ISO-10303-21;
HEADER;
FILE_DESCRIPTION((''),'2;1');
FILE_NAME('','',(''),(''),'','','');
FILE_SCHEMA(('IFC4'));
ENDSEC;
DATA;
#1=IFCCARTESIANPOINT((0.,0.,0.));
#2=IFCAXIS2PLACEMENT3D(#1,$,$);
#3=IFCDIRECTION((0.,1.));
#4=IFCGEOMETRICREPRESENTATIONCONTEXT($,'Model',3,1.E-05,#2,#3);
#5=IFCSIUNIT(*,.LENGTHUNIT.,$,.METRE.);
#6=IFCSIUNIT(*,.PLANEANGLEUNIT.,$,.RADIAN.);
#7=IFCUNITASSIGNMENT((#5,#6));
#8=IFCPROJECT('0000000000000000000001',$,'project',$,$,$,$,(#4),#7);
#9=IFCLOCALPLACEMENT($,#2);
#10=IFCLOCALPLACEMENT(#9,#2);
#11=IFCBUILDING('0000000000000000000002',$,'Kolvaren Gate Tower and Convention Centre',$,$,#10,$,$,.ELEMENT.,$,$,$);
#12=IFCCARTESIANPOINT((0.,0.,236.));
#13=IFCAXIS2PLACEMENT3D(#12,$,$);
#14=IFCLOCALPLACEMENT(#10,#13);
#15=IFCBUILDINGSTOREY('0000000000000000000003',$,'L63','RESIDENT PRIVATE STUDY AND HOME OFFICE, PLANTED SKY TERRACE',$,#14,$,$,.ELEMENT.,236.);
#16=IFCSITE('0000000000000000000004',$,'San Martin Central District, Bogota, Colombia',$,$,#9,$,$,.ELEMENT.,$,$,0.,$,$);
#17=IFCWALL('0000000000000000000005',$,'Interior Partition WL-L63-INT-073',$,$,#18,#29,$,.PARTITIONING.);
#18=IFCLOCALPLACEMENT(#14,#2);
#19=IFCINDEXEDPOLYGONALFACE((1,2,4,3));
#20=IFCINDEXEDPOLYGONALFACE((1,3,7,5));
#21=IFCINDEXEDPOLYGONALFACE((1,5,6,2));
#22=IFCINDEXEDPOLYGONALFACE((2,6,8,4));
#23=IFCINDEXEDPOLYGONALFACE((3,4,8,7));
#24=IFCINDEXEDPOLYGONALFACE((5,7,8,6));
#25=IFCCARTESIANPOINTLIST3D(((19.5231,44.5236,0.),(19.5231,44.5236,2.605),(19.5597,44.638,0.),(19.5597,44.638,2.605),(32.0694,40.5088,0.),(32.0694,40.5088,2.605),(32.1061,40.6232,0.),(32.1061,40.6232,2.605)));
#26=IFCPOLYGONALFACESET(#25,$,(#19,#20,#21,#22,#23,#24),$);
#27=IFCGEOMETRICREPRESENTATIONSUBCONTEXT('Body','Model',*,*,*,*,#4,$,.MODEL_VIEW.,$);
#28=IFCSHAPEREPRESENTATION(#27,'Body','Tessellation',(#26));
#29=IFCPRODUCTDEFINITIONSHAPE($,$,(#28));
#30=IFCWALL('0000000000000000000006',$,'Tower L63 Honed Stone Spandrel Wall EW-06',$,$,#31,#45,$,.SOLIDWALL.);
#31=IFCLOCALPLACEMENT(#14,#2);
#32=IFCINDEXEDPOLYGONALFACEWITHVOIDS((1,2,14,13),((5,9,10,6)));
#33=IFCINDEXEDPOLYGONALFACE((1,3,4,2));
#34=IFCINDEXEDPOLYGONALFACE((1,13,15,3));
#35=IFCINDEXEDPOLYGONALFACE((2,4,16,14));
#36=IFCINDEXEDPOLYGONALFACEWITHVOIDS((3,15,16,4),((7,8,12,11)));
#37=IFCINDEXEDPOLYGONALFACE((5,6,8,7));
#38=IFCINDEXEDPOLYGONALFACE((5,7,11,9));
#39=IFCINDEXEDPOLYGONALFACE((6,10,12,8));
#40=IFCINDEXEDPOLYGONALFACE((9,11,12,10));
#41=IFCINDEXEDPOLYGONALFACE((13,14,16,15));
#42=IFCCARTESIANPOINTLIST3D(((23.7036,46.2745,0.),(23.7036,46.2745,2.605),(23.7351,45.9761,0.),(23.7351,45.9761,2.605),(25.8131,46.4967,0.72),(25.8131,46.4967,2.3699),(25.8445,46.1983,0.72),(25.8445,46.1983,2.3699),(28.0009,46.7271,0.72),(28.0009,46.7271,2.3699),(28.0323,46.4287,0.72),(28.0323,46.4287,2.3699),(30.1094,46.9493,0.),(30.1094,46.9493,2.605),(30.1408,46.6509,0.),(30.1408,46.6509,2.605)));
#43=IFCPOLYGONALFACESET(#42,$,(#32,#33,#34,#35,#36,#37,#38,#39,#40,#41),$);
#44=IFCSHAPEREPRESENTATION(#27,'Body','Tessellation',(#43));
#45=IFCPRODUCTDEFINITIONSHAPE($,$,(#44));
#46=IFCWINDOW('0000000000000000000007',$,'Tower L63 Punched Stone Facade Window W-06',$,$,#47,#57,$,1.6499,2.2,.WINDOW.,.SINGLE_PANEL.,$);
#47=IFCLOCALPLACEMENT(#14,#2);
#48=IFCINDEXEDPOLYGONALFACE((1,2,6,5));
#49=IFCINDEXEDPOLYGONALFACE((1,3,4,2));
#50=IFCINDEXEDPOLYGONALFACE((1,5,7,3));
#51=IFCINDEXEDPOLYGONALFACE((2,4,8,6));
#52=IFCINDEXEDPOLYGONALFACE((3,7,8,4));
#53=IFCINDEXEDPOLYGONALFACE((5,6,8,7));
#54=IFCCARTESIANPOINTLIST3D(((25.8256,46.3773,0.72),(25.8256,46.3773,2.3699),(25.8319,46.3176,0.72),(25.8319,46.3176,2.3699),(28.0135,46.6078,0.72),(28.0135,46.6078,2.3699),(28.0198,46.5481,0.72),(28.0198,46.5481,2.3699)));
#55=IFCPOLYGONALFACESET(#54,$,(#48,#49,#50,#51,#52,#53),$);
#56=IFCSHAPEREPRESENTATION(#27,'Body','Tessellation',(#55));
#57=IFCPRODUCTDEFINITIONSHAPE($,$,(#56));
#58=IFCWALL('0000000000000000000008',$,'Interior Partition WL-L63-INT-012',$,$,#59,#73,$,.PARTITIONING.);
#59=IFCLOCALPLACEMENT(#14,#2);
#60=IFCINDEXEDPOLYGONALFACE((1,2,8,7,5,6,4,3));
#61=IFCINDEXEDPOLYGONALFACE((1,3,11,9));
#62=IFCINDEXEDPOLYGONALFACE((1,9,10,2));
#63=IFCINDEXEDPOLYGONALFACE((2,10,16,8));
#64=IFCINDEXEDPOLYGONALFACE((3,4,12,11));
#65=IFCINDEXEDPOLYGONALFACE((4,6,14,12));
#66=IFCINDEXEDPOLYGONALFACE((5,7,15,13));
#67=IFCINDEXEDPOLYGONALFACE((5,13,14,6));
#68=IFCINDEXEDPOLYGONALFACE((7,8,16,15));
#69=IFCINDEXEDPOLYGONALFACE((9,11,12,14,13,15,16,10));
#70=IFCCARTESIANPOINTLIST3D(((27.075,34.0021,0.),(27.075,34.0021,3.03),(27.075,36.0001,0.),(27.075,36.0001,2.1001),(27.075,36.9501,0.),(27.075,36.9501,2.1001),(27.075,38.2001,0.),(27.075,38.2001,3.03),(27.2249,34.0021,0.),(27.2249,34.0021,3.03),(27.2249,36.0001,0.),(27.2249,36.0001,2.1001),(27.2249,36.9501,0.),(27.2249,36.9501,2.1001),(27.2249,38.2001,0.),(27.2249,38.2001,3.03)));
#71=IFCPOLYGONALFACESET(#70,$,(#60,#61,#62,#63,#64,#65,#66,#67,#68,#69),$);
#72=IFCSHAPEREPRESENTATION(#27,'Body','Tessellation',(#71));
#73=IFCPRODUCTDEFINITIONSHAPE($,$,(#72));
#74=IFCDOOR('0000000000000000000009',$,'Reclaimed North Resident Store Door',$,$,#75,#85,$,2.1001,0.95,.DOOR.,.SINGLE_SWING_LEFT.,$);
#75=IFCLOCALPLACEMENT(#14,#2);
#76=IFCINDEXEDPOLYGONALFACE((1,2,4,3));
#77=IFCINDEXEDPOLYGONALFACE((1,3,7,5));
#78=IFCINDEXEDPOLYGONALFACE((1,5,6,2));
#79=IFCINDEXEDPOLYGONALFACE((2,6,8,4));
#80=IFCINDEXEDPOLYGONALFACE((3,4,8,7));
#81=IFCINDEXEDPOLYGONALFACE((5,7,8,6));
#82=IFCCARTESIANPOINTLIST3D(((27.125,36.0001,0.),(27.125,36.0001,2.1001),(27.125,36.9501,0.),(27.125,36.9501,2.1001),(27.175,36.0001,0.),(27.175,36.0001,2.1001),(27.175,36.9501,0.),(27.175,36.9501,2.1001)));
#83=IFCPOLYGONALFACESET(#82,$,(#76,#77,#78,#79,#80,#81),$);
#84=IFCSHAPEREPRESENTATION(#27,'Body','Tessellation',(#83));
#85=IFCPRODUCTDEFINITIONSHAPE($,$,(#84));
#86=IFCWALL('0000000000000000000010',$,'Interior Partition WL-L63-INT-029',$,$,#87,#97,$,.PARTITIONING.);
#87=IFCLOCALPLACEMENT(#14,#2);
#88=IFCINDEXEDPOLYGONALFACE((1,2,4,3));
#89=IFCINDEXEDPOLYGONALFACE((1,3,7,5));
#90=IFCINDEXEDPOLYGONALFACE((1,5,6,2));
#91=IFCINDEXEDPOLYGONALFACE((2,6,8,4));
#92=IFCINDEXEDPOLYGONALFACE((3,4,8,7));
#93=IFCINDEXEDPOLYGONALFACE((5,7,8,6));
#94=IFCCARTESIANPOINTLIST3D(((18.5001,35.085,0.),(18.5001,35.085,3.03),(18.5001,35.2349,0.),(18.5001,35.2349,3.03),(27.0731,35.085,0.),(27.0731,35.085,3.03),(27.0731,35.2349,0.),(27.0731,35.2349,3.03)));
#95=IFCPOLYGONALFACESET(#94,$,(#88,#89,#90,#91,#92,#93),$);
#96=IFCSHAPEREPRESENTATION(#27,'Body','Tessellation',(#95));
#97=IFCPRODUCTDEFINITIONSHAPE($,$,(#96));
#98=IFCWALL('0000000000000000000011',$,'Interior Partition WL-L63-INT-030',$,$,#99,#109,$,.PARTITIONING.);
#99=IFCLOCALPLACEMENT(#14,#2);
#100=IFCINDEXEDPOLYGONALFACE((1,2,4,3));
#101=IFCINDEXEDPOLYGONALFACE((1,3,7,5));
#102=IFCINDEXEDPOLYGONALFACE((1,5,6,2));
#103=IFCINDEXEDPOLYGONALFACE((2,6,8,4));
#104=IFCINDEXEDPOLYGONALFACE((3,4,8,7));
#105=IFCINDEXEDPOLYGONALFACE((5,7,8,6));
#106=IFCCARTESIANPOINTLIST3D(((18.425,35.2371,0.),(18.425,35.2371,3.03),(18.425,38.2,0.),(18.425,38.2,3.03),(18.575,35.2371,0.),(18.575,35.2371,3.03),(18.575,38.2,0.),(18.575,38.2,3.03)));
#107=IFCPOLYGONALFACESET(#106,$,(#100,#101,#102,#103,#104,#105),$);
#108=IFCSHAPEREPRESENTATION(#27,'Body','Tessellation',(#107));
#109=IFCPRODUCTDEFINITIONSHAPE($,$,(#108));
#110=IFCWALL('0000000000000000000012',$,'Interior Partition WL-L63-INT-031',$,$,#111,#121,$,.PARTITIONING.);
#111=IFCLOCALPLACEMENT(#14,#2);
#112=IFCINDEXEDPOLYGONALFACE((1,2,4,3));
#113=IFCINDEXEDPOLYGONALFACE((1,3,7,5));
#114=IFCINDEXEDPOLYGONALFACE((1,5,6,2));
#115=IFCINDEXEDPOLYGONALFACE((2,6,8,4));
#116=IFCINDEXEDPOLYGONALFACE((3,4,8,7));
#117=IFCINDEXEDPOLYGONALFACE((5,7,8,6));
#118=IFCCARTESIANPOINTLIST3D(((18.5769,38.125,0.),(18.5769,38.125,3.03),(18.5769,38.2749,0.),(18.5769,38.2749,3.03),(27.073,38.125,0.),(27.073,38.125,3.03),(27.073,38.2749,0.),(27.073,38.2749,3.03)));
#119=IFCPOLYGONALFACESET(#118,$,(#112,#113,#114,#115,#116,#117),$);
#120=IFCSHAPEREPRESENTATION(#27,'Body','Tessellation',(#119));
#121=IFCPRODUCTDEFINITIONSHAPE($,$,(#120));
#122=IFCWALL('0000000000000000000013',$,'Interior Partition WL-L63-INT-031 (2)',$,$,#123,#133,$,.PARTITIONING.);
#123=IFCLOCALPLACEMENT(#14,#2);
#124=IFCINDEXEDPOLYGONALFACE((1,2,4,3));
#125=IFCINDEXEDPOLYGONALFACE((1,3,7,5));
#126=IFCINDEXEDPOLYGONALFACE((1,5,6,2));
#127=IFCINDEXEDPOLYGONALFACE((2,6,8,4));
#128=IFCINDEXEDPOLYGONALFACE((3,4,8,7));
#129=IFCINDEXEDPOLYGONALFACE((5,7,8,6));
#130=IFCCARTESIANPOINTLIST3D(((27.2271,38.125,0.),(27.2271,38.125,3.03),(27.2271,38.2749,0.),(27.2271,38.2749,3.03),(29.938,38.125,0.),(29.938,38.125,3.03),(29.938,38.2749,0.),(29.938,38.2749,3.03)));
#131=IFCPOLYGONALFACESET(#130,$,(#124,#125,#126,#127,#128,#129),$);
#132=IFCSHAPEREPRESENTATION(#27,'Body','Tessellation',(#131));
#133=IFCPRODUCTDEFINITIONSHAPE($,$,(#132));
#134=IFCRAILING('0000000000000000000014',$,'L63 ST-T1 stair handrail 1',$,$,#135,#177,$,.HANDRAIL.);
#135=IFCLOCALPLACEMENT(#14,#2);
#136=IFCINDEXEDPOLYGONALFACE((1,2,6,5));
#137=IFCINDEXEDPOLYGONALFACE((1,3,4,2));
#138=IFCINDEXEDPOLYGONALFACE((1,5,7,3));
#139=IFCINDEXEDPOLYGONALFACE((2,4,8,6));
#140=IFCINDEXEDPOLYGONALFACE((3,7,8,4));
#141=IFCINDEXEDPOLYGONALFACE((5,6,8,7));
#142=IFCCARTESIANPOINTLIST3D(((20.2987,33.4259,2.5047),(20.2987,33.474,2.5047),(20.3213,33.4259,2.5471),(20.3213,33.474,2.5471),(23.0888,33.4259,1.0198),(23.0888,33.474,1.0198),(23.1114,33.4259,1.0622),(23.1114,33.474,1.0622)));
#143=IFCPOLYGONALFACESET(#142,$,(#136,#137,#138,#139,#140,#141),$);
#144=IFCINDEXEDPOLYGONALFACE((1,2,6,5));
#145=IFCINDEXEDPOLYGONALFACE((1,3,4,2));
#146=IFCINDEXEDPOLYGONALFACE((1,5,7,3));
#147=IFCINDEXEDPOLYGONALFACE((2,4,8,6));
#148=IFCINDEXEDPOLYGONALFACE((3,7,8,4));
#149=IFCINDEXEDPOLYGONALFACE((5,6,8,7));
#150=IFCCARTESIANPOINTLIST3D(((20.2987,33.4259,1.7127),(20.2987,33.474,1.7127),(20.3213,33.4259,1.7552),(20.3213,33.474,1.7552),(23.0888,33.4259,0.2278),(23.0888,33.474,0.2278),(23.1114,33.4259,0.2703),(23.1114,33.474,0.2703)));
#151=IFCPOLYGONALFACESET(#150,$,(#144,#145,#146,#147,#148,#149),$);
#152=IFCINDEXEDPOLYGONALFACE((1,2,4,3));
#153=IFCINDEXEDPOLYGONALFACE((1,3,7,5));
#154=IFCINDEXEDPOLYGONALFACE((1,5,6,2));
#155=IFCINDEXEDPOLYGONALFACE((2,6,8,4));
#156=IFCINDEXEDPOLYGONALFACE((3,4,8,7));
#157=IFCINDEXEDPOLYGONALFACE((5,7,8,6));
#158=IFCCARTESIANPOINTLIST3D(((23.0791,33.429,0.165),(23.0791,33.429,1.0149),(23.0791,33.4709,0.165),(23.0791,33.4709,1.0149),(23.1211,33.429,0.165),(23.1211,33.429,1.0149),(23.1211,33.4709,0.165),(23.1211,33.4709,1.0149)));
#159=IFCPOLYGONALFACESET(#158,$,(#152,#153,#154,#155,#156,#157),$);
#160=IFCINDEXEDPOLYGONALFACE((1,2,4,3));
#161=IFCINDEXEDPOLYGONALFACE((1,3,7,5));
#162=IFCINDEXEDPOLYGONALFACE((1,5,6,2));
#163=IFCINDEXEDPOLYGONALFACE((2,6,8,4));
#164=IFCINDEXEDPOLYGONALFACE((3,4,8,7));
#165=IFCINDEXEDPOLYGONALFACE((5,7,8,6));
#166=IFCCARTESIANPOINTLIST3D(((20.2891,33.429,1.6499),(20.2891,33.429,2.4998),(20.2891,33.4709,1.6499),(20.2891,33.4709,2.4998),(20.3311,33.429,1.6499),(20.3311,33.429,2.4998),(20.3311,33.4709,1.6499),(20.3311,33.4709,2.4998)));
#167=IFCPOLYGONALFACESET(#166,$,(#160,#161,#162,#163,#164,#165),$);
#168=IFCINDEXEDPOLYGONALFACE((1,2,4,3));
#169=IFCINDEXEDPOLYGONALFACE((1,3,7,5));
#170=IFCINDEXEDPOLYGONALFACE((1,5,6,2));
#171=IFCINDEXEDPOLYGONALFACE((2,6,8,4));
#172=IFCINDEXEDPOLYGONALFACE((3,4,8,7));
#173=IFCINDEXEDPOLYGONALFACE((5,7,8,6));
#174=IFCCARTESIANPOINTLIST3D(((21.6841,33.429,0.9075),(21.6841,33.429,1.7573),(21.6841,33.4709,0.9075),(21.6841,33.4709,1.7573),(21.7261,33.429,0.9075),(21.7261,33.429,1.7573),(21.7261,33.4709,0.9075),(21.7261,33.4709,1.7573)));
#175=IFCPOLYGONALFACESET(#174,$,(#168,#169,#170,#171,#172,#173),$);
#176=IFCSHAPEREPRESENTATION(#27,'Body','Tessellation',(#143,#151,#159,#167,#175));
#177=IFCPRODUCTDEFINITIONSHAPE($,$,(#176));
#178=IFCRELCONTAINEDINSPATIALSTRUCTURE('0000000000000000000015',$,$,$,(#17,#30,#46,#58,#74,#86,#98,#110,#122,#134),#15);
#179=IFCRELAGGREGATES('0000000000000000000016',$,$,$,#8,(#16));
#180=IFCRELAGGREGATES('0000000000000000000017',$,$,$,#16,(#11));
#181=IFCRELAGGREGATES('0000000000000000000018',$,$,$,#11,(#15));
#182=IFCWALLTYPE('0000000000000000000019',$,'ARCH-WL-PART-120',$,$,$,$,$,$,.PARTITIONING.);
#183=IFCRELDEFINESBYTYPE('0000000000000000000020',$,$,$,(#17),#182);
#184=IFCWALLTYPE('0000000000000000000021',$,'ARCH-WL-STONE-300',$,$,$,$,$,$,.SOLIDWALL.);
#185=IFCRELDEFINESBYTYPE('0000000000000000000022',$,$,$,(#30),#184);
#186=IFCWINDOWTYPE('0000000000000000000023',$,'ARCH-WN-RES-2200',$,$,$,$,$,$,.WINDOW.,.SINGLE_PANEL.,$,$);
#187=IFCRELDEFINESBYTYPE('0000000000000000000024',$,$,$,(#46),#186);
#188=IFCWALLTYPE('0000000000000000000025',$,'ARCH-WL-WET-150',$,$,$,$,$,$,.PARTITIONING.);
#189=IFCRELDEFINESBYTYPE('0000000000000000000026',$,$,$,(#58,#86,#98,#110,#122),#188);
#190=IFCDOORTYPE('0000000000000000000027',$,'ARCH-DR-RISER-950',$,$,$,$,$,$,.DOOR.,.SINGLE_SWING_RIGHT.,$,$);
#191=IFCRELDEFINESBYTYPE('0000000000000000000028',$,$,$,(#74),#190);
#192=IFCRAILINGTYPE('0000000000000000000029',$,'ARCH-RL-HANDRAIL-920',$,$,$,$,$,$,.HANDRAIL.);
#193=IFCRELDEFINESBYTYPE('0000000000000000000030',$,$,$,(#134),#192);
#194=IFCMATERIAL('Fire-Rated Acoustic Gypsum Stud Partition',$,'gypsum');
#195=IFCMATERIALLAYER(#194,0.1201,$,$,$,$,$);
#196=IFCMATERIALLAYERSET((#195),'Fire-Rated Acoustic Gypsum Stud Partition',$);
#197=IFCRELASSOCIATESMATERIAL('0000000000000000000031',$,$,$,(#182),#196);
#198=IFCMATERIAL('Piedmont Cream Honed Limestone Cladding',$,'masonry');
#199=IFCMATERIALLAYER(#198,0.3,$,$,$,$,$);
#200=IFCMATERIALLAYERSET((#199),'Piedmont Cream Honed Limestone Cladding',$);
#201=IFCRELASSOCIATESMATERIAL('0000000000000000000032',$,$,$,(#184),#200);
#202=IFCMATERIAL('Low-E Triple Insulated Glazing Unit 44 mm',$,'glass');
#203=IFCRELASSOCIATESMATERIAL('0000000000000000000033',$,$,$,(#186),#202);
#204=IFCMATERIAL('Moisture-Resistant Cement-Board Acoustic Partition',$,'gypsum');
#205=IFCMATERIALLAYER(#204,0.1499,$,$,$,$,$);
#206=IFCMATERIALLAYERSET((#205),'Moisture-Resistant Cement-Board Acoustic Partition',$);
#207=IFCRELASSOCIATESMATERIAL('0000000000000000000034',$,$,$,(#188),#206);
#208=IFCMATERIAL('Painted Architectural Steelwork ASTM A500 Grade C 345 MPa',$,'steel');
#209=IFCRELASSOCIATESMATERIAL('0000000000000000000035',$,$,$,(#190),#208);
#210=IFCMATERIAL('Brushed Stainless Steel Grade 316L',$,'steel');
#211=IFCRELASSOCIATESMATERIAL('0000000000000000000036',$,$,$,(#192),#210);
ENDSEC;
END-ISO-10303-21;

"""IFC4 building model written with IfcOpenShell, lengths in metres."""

from ifc_helpers import new_model, si_unit, direction, frame, frame_2d, origin, origin_2d, place, context, subcontext, project, spatial, rectangle, extrude, material, layer, layer_set, type_object, element, fill, save


model = new_model("IFC4")

# Units and contexts
model_context = context("Model", 3, precision=1e-05, world=origin(), true_north=direction((0.0, 1.0)))
body_context = subcontext(model_context, "Body", "Model", "MODEL_VIEW")
ifc_project = project(units=[si_unit("LENGTHUNIT", "METRE"), si_unit("PLANEANGLEUNIT", "RADIAN")], contexts=[model_context])

# Site, building, storey
site_placement = place(None, origin())
site = spatial("IfcSite", under=ifc_project, at=site_placement, Name="San Martin Central District, Bogota, Colombia", CompositionType="ELEMENT", RefElevation=0.0)
building_placement = place(site_placement, origin())
building = spatial("IfcBuilding", under=site, at=building_placement, Name="Kolvaren Gate Tower and Convention Centre", CompositionType="ELEMENT")
storey_placement = place(building_placement, frame((0.0, 0.0, 236.0)))
storey = spatial("IfcBuildingStorey", under=building, at=storey_placement, Name="L63", Description="RESIDENT PRIVATE STUDY AND HOME OFFICE, PLANTED SKY TERRACE", CompositionType="ELEMENT", Elevation=236.0)

# Wall
ifc_material_1 = material(Name="Fire-Rated Acoustic Gypsum Stud Partition", Category="gypsum")
ifc_layer_1 = layer(ifc_material_1, 0.1201)
ifc_layer_set_1 = layer_set([ifc_layer_1], Name="Fire-Rated Acoustic Gypsum Stud Partition")
wall_type_1 = type_object("IfcWallType", Name="ARCH-WL-PART-120", PredefinedType="PARTITIONING", material=ifc_layer_set_1)
wall_1_placement = place(storey_placement, frame((19.5415, 44.5808, 0.0), z_axis=(0.0, 0.0, 1.0), x_axis=(0.952423, -0.304779, 0.0)))
element("IfcWall", 1, at=wall_1_placement, inside=storey, type_object=wall_type_1, Name="Interior Partition WL-L63-INT-073", PredefinedType="PARTITIONING", context=body_context, shape_type="SweptSolid", body=[
    extrude(rectangle(XDim=13.1731, YDim=0.1201, at=frame_2d((6.5864, 0.0))), origin(), (0.0, 0.0, 1.0), 2.605),
])

# Wall, opening, window
ifc_material_2 = material(Name="Piedmont Cream Honed Limestone Cladding", Category="masonry")
ifc_layer_2 = layer(ifc_material_2, 0.3)
ifc_layer_set_2 = layer_set([ifc_layer_2], Name="Piedmont Cream Honed Limestone Cladding")
wall_type_2 = type_object("IfcWallType", Name="ARCH-WL-STONE-300", PredefinedType="SOLIDWALL", material=ifc_layer_set_2)
wall_2_placement = place(storey_placement, frame((23.7192, 46.1252, 0.0), z_axis=(0.0, 0.0, 1.0), x_axis=(0.994497, 0.104764, 0.0)))
wall_2 = element("IfcWall", 2, at=wall_2_placement, inside=storey, type_object=wall_type_2, Name="Tower L63 Honed Stone Spandrel Wall EW-06", PredefinedType="SOLIDWALL", context=body_context, shape_type="SweptSolid", body=[
    extrude(rectangle(XDim=6.4412, YDim=0.3, at=frame_2d((3.2207, 0.0))), origin(), (0.0, 0.0, 1.0), 2.605),
])
opening_1_placement = place(wall_2_placement, frame((2.1211, 0.0, 0.72)))
opening_1 = element("IfcOpeningElement", 3, at=opening_1_placement, cuts=wall_2, PredefinedType="OPENING", context=body_context, shape_type="SweptSolid", body=[
    extrude(rectangle(XDim=2.2, YDim=1.6499, at=frame_2d((1.1001, 0.825))), frame((0.0, 0.1599, 0.0), z_axis=(0.0, -1.0, 0.0), x_axis=(1.0, 0.0, 0.0)), (0.0, 0.0, 1.0), 0.3201),
])
ifc_material_3 = material(Name="Low-E Triple Insulated Glazing Unit 44 mm", Category="glass")
window_type = type_object("IfcWindowType", Name="ARCH-WN-RES-2200", PartitioningType="SINGLE_PANEL", PredefinedType="WINDOW", material=ifc_material_3)
window_placement = place(opening_1_placement, origin())
window = element("IfcWindow", 4, at=window_placement, inside=storey, type_object=window_type, Name="Tower L63 Punched Stone Facade Window W-06", OverallHeight=1.6499, OverallWidth=2.2, PartitioningType="SINGLE_PANEL", PredefinedType="WINDOW", context=body_context, shape_type="SweptSolid", body=[
    extrude(rectangle(XDim=2.2, YDim=1.6499, at=frame_2d((1.1001, 0.825))), frame((0.0, 0.03, 0.0), z_axis=(0.0, -1.0, 0.0), x_axis=(1.0, 0.0, 0.0)), (0.0, 0.0, 1.0), 0.0601),
])
fill(opening_1, window)

# Wall, opening, door
ifc_material_4 = material(Name="Moisture-Resistant Cement-Board Acoustic Partition", Category="gypsum")
ifc_layer_3 = layer(ifc_material_4, 0.1499)
ifc_layer_set_3 = layer_set([ifc_layer_3], Name="Moisture-Resistant Cement-Board Acoustic Partition")
wall_type_3 = type_object("IfcWallType", Name="ARCH-WL-WET-150", PredefinedType="PARTITIONING", material=ifc_layer_set_3)
wall_3_placement = place(storey_placement, frame((27.1499, 34.002, 0.0), z_axis=(0.0, 0.0, 1.0), x_axis=(0.0, 1.0, 0.0)))
wall_3 = element("IfcWall", 5, at=wall_3_placement, inside=storey, type_object=wall_type_3, Name="Interior Partition WL-L63-INT-012", PredefinedType="PARTITIONING", context=body_context, shape_type="SweptSolid", body=[
    extrude(rectangle(XDim=4.198, YDim=0.1499, at=frame_2d((2.0991, 0.0))), origin(), (0.0, 0.0, 1.0), 3.03),
])
opening_2_placement = place(wall_3_placement, frame((1.998, 0.0, 0.0)))
opening_2 = element("IfcOpeningElement", 6, at=opening_2_placement, cuts=wall_3, PredefinedType="OPENING", context=body_context, shape_type="SweptSolid", body=[
    extrude(rectangle(XDim=0.95, YDim=2.1001, at=frame_2d((0.4751, 1.05))), frame((0.0, 0.085, 0.0), z_axis=(0.0, -1.0, 0.0), x_axis=(1.0, 0.0, 0.0)), (0.0, 0.0, 1.0), 0.1699),
])
ifc_material_5 = material(Name="Painted Architectural Steelwork ASTM A500 Grade C 345 MPa", Category="steel")
door_type = type_object("IfcDoorType", Name="ARCH-DR-RISER-950", OperationType="SINGLE_SWING_RIGHT", PredefinedType="DOOR", material=ifc_material_5)
door_placement = place(opening_2_placement, origin())
door = element("IfcDoor", 7, at=door_placement, inside=storey, type_object=door_type, Name="Reclaimed North Resident Store Door", OperationType="SINGLE_SWING_LEFT", OverallHeight=2.1001, OverallWidth=0.95, PredefinedType="DOOR", context=body_context, shape_type="SweptSolid", body=[
    extrude(rectangle(XDim=0.95, YDim=2.1001, at=frame_2d((0.4751, 1.05))), frame((0.0, 0.0249, 0.0), z_axis=(0.0, -1.0, 0.0), x_axis=(1.0, 0.0, 0.0)), (0.0, 0.0, 1.0), 0.05),
])
fill(opening_2, door)

# Walls
wall_4_placement = place(storey_placement, frame((18.5, 35.1599, 0.0), z_axis=(0.0, 0.0, 1.0), x_axis=(1.0, 0.0, 0.0)))
element("IfcWall", 8, at=wall_4_placement, inside=storey, type_object=wall_type_3, Name="Interior Partition WL-L63-INT-029", PredefinedType="PARTITIONING", context=body_context, shape_type="SweptSolid", body=[
    extrude(rectangle(XDim=8.573, YDim=0.1499, at=frame_2d((4.2866, 0.0))), origin(), (0.0, 0.0, 1.0), 3.03),
])
wall_5_placement = place(storey_placement, frame((18.5, 35.2371, 0.0), z_axis=(0.0, 0.0, 1.0), x_axis=(0.0, 1.0, 0.0)))
element("IfcWall", 9, at=wall_5_placement, inside=storey, type_object=wall_type_3, Name="Interior Partition WL-L63-INT-030", PredefinedType="PARTITIONING", context=body_context, shape_type="SweptSolid", body=[
    extrude(rectangle(XDim=2.9629, YDim=0.1499, at=frame_2d((1.4814, 0.0))), origin(), (0.0, 0.0, 1.0), 3.03),
])
wall_6_placement = place(storey_placement, frame((18.5769, 38.2, 0.0), z_axis=(0.0, 0.0, 1.0), x_axis=(1.0, 0.0, 0.0)))
element("IfcWall", 10, at=wall_6_placement, inside=storey, type_object=wall_type_3, Name="Interior Partition WL-L63-INT-031", PredefinedType="PARTITIONING", context=body_context, shape_type="SweptSolid", body=[
    extrude(rectangle(XDim=8.4961, YDim=0.1499, at=frame_2d((4.248, 0.0))), origin(), (0.0, 0.0, 1.0), 3.03),
])
wall_7_placement = place(storey_placement, frame((27.2271, 38.2, 0.0), z_axis=(0.0, 0.0, 1.0), x_axis=(1.0, 0.0, 0.0)))
element("IfcWall", 11, at=wall_7_placement, inside=storey, type_object=wall_type_3, Name="Interior Partition WL-L63-INT-031 (2)", PredefinedType="PARTITIONING", context=body_context, shape_type="SweptSolid", body=[
    extrude(rectangle(XDim=2.7109, YDim=0.1499, at=frame_2d((1.3555, 0.0))), origin(), (0.0, 0.0, 1.0), 3.03),
])

# Railing
ifc_material_6 = material(Name="Brushed Stainless Steel Grade 316L", Category="steel")
railing_type = type_object("IfcRailingType", Name="ARCH-RL-HANDRAIL-920", PredefinedType="HANDRAIL", material=ifc_material_6)
railing_placement = place(storey_placement, frame((23.1001, 33.45, 0.165)))
element("IfcRailing", 12, at=railing_placement, inside=storey, type_object=railing_type, Name="L63 ST-T1 stair handrail 1", PredefinedType="HANDRAIL", context=body_context, shape_type="SweptSolid", body=[
    extrude(rectangle(XDim=0.0481, YDim=0.0481, at=origin_2d()), frame((0.0, 0.0, 0.876), z_axis=(-0.882767, 0.0, 0.46981), x_axis=(0.0, -1.0, 0.0)), (0.0, 0.0, 1.0), 3.1606),
    extrude(rectangle(XDim=0.0481, YDim=0.0481, at=origin_2d()), frame((0.0, 0.0, 0.084), z_axis=(-0.882767, 0.0, 0.46981), x_axis=(0.0, -1.0, 0.0)), (0.0, 0.0, 1.0), 3.1606),
    extrude(rectangle(XDim=0.042, YDim=0.042, at=origin_2d()), origin(), (0.0, 0.0, 1.0), 0.8499),
    extrude(rectangle(XDim=0.042, YDim=0.042, at=origin_2d()), frame((-2.79, 0.0, 1.4849)), (0.0, 0.0, 1.0), 0.8499),
    extrude(rectangle(XDim=0.042, YDim=0.042, at=origin_2d()), frame((-1.395, 0.0, 0.7424)), (0.0, 0.0, 1.0), 0.8499),
])

save(model, "model.ifc")
